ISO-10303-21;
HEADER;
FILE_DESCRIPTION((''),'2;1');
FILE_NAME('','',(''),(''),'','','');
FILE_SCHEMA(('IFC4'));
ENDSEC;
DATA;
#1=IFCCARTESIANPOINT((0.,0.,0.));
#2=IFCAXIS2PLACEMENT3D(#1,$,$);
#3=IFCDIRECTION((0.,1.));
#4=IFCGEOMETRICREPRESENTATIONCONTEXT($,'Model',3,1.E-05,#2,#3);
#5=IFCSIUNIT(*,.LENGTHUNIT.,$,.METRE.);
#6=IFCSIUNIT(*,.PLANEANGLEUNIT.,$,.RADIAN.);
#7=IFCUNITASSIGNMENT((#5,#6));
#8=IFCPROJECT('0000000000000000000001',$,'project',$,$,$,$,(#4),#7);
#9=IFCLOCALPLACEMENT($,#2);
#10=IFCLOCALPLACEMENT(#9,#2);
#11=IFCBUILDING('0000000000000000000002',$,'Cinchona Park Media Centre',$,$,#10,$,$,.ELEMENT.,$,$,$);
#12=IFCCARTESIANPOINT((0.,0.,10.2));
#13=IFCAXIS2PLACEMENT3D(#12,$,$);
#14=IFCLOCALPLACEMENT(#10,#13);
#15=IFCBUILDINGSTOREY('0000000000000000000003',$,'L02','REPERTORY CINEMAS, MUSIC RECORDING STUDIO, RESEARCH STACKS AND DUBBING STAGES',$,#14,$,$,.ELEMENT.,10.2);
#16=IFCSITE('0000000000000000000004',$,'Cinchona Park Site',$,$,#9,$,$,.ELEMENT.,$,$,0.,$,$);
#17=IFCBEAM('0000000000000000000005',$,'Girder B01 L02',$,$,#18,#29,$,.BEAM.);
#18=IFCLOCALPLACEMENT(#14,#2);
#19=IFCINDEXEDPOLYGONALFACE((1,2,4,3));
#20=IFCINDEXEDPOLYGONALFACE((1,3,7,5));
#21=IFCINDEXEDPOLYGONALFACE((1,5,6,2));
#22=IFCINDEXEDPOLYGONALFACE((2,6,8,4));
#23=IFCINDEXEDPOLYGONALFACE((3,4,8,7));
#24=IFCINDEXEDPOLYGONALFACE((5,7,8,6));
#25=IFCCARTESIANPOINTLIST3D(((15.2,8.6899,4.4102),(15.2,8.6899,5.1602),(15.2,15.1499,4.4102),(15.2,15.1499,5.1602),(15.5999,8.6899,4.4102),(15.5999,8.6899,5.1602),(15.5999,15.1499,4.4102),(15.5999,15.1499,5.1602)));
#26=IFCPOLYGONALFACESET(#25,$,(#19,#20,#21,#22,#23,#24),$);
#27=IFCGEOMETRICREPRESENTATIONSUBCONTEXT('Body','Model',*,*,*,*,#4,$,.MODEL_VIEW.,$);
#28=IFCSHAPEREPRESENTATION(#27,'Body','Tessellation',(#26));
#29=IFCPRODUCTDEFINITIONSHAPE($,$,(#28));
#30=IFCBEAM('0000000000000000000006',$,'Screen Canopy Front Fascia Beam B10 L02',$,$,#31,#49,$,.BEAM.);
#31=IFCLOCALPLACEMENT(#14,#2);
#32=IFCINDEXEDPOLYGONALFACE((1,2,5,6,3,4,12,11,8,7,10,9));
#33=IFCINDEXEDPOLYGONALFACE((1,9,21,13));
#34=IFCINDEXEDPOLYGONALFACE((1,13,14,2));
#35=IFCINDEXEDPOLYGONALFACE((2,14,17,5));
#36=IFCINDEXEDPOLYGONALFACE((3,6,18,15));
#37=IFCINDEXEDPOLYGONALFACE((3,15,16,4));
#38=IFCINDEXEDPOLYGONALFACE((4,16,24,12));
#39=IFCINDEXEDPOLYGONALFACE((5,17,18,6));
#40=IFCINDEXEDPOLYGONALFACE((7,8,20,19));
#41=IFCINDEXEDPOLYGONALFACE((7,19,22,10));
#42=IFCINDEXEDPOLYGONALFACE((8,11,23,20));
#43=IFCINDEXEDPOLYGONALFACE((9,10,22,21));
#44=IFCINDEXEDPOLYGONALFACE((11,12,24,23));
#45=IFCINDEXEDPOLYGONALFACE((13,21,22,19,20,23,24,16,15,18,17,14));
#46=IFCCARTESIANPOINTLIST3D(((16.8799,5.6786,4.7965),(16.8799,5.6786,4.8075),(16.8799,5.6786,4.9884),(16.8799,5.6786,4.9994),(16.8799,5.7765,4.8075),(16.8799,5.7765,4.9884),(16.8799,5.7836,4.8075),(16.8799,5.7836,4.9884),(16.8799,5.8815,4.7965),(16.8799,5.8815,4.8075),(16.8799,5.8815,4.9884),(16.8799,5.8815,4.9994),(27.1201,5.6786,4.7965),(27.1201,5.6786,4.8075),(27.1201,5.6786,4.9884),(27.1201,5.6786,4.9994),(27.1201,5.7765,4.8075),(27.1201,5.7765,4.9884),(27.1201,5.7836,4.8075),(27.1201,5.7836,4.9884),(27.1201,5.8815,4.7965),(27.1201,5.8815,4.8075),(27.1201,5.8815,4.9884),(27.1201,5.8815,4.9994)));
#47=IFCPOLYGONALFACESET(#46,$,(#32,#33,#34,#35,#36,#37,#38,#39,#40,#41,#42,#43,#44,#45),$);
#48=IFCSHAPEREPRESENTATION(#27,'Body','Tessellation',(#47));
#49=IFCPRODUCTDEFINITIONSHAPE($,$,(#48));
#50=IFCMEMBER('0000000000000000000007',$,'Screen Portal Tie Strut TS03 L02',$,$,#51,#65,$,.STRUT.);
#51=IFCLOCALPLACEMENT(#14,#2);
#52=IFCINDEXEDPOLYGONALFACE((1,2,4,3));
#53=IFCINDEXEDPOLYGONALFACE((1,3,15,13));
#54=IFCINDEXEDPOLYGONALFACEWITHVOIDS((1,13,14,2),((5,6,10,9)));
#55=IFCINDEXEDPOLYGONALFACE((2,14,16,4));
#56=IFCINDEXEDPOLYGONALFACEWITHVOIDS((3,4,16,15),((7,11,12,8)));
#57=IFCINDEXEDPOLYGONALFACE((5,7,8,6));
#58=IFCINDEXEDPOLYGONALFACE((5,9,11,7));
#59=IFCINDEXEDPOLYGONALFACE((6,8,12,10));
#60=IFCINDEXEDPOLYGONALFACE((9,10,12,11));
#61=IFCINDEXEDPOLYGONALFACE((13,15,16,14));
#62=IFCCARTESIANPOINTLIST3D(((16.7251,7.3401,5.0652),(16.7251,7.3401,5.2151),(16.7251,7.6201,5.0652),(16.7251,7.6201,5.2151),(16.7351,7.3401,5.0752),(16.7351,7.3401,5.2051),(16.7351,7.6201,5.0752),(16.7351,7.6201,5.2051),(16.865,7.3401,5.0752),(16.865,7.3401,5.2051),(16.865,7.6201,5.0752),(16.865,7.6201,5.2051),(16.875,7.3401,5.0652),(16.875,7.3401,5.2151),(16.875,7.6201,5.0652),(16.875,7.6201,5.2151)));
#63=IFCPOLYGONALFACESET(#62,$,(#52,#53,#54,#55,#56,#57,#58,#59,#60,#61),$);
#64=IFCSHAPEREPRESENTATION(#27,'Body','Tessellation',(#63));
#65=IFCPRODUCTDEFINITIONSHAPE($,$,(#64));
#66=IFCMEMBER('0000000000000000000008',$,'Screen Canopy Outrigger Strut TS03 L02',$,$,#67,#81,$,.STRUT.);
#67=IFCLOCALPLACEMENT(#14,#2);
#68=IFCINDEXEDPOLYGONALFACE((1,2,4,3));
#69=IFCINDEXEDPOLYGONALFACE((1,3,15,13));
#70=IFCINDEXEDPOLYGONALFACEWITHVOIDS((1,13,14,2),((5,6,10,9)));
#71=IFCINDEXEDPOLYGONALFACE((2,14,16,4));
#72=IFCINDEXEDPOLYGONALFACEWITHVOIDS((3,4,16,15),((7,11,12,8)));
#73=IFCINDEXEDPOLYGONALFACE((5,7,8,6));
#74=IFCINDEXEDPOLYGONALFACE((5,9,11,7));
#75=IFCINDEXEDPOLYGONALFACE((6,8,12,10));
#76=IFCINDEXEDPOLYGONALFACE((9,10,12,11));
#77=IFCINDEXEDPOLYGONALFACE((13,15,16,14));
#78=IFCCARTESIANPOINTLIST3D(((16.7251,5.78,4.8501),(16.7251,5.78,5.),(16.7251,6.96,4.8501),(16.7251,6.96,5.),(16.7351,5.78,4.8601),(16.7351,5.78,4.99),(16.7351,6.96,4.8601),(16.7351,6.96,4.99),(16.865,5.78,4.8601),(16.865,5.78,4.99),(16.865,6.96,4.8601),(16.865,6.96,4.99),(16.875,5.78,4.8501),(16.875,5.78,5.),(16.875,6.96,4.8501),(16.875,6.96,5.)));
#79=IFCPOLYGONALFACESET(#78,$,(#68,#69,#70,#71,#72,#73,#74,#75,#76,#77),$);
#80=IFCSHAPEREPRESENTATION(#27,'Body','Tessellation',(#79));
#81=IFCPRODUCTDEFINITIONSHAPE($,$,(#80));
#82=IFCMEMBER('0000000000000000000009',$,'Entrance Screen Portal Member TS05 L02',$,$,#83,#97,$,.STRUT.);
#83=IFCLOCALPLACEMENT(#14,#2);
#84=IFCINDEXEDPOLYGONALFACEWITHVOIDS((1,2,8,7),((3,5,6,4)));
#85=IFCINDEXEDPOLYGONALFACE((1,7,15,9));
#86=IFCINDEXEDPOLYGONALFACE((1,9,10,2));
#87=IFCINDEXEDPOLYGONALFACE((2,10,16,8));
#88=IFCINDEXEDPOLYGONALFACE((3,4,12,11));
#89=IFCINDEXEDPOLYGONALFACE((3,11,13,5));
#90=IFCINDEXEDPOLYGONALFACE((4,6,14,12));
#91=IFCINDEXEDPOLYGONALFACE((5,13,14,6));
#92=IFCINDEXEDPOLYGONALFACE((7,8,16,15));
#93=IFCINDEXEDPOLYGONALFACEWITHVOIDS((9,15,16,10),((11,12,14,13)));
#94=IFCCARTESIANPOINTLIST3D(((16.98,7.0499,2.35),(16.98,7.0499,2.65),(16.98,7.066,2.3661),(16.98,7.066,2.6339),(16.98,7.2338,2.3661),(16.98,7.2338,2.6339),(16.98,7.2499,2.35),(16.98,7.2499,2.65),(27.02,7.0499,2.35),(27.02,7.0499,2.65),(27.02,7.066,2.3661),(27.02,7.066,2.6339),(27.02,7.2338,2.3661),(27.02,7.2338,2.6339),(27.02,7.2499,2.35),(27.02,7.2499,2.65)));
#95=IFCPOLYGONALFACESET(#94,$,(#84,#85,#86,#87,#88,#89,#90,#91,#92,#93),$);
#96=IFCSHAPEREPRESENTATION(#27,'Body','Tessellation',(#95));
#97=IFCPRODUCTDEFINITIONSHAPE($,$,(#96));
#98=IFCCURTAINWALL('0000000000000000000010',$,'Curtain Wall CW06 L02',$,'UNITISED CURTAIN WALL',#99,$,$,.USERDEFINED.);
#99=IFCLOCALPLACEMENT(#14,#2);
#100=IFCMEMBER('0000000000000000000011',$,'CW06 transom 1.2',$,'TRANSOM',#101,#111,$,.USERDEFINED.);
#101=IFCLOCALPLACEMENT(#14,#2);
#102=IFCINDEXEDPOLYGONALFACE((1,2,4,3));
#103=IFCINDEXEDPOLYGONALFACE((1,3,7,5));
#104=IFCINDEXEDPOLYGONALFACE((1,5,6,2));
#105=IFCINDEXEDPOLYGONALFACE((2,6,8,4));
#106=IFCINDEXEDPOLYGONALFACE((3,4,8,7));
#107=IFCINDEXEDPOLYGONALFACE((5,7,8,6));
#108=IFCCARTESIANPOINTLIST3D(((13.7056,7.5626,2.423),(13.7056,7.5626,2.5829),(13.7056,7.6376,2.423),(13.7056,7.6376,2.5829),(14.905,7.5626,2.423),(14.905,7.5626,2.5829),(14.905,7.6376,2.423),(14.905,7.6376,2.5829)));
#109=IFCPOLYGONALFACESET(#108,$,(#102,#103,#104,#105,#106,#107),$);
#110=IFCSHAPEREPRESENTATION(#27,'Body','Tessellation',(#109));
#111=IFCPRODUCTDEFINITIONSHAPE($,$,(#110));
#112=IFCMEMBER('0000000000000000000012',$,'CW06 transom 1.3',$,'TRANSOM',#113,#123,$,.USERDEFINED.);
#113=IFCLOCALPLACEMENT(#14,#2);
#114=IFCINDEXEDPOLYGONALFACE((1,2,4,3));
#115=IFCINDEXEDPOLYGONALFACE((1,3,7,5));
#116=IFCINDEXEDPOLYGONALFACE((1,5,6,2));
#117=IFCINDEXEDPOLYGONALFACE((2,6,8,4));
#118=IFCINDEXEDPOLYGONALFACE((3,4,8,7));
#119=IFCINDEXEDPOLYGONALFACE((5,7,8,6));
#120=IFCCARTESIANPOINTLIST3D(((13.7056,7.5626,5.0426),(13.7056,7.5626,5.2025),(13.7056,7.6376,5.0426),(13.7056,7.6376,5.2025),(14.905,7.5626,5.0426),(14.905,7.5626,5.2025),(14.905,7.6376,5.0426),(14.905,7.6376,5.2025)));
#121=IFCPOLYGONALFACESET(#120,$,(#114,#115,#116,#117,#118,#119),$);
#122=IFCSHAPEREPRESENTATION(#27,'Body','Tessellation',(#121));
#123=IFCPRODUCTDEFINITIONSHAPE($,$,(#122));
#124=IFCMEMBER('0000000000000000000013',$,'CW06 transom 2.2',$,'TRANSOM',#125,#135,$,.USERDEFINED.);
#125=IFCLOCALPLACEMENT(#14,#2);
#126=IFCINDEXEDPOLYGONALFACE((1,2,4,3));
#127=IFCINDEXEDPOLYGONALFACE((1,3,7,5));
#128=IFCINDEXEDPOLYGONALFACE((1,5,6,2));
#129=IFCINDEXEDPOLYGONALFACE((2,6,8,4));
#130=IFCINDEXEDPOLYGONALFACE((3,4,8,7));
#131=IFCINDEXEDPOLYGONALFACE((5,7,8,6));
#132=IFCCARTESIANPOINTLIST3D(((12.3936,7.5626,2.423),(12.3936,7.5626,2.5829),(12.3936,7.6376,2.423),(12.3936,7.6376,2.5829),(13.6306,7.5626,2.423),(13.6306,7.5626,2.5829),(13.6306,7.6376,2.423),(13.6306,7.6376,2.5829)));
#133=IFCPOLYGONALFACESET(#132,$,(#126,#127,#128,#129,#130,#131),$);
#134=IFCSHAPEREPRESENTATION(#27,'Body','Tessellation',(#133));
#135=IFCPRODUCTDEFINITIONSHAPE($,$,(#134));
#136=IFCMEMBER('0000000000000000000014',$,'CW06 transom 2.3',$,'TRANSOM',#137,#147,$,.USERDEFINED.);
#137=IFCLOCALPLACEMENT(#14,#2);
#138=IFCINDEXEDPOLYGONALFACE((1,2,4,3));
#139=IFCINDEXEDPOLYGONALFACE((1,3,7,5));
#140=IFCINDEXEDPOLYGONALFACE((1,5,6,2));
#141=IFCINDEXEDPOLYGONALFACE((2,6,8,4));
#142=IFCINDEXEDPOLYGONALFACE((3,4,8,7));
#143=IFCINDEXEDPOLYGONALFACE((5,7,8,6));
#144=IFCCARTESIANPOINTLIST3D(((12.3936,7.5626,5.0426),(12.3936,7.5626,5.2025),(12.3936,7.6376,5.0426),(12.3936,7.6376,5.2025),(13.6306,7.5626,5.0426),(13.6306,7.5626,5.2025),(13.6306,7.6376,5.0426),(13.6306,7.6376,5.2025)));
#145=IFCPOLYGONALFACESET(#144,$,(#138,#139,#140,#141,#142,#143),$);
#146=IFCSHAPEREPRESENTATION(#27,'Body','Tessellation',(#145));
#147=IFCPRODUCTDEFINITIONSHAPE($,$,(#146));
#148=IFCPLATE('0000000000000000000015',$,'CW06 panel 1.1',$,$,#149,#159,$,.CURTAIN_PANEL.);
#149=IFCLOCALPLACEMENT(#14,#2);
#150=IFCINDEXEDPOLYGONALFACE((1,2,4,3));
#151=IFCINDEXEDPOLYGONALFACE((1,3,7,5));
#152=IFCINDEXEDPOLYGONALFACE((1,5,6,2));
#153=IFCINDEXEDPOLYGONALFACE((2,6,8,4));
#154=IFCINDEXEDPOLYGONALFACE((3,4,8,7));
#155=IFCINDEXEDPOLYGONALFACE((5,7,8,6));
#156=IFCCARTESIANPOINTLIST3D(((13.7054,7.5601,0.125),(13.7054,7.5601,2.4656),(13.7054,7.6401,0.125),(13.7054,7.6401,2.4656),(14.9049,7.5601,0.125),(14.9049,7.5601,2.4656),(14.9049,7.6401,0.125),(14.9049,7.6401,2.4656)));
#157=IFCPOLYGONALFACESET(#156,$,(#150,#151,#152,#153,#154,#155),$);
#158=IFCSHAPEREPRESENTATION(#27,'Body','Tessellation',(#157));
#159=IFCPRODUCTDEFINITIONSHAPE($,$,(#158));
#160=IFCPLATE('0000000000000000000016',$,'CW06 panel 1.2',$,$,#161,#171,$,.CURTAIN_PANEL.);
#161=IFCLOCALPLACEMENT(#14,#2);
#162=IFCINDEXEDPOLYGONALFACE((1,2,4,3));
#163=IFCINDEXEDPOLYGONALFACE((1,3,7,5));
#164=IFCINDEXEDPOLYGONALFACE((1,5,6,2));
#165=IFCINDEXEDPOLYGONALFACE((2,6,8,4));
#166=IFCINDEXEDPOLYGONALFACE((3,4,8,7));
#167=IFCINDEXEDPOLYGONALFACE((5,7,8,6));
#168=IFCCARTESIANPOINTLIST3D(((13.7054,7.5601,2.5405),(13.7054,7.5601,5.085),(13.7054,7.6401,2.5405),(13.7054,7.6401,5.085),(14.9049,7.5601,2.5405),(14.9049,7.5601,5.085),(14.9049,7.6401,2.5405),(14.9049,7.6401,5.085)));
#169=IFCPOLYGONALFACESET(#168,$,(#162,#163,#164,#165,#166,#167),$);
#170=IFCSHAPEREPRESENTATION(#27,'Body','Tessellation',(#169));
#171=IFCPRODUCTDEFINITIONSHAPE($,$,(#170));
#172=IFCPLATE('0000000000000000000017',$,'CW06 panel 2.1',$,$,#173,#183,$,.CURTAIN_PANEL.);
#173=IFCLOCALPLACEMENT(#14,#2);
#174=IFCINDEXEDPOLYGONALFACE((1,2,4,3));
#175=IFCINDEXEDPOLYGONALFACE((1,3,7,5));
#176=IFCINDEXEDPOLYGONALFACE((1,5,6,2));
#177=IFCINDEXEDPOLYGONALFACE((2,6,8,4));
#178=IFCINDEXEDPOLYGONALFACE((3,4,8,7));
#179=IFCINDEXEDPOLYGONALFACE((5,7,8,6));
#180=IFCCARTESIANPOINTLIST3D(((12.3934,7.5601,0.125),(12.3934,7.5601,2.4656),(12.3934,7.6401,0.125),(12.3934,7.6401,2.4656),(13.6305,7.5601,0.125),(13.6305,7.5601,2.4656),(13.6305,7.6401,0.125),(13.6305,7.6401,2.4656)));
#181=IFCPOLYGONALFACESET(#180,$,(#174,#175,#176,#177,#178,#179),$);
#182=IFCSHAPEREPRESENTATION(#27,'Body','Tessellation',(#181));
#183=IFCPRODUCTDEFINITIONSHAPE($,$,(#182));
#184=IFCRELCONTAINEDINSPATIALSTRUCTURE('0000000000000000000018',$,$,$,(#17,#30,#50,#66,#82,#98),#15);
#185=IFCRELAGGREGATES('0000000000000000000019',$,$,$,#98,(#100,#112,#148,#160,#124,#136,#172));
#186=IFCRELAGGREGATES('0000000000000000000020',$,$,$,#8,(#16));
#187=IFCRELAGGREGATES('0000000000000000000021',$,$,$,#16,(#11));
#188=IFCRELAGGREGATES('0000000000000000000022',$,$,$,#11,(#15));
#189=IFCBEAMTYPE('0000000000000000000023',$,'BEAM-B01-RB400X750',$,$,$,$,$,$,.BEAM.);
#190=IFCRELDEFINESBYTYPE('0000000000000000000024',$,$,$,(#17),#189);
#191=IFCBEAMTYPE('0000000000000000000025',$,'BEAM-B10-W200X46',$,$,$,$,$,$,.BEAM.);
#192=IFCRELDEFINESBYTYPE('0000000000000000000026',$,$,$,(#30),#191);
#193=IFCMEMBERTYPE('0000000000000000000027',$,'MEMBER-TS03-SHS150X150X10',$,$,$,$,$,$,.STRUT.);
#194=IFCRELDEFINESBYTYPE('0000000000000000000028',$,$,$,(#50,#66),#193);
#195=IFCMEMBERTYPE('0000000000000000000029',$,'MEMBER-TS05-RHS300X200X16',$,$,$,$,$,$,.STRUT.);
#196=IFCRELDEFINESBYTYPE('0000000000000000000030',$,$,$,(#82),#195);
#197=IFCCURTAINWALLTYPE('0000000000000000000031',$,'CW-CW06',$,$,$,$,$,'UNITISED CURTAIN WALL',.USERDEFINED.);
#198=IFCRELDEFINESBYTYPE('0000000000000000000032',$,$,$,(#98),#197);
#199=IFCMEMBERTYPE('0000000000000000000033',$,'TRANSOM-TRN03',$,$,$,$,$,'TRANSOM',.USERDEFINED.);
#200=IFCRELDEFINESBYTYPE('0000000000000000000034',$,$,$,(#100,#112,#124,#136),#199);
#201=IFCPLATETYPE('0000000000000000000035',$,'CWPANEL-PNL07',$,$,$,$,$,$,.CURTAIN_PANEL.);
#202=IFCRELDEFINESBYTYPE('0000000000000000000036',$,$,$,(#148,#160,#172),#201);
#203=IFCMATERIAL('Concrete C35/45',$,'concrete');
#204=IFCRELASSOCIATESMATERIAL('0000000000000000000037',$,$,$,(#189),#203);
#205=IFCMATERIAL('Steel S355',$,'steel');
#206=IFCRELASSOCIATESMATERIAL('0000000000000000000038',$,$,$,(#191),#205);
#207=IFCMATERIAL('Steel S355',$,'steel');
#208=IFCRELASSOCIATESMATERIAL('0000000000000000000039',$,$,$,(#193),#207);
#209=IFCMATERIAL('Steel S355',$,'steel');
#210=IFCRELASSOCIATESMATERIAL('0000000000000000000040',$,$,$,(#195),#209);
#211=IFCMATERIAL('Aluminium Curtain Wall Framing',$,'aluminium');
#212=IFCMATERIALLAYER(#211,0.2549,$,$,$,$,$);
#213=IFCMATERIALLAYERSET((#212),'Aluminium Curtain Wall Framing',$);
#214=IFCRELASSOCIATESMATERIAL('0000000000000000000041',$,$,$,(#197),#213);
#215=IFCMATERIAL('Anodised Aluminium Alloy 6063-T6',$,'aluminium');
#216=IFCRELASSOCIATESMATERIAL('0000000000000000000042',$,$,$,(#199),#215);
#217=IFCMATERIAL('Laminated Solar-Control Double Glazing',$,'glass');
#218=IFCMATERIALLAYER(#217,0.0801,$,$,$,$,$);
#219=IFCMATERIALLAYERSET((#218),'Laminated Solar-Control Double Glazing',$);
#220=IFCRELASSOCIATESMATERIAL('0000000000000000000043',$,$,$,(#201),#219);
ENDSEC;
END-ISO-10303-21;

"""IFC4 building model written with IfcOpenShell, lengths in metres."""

from ifc_helpers import new_model, si_unit, direction, frame, origin, origin_2d, place, context, subcontext, project, spatial, rectangle, hollow_rectangle, i_section, extrude, material, layer, layer_set, material_profile, profile_set, type_object, element, aggregate, save


model = new_model("IFC4")

# Units and contexts
model_context = context("Model", 3, precision=1e-05, world=origin(), true_north=direction((0.0, 1.0)))
body_context = subcontext(model_context, "Body", "Model", "MODEL_VIEW")
ifc_project = project(units=[si_unit("LENGTHUNIT", "METRE"), si_unit("PLANEANGLEUNIT", "RADIAN")], contexts=[model_context])

# Site, building, storey
site_placement = place(None, origin())
site = spatial("IfcSite", under=ifc_project, at=site_placement, Name="Cinchona Park Site", CompositionType="ELEMENT", RefElevation=0.0)
building_placement = place(site_placement, origin())
building = spatial("IfcBuilding", under=site, at=building_placement, Name="Cinchona Park Media Centre", CompositionType="ELEMENT")
storey_placement = place(building_placement, frame((0.0, 0.0, 10.2)))
storey = spatial("IfcBuildingStorey", under=building, at=storey_placement, Name="L02", Description="REPERTORY CINEMAS, MUSIC RECORDING STUDIO, RESEARCH STACKS AND DUBBING STAGES", CompositionType="ELEMENT", Elevation=10.2)

# Beams
ifc_material_1 = material(Name="Concrete C35/45", Category="concrete")
ifc_material_profile_1 = material_profile(ifc_material_1, rectangle(XDim=0.3999, YDim=0.75, at=origin_2d()), Name="RB 400X750")
ifc_profile_set_1 = profile_set([ifc_material_profile_1], Name="Concrete C35/45")
beam_type_1 = type_object("IfcBeamType", Name="BEAM-B01-RB400X750", PredefinedType="BEAM", material=ifc_profile_set_1)
beam_1_placement = place(storey_placement, frame((15.3999, 8.6899, 4.7852), z_axis=(0.0, 1.0, 0.0), x_axis=(-1.0, 0.0, 0.0)))
element("IfcBeam", 1, at=beam_1_placement, inside=storey, type_object=beam_type_1, Name="Girder B01 L02", PredefinedType="BEAM", context=body_context, shape_type="SweptSolid", body=[
    extrude(rectangle(XDim=0.3999, YDim=0.75, at=origin_2d()), origin(), (0.0, 0.0, 1.0), 6.46),
])
ifc_material_2 = material(Name="Steel S355", Category="steel")
ifc_material_profile_2 = material_profile(ifc_material_2, i_section(OverallWidth=0.2029, OverallDepth=0.2029, WebThickness=0.0071, FlangeThickness=0.011, at=origin_2d()), Name="W200X46")
ifc_profile_set_2 = profile_set([ifc_material_profile_2], Name="Steel S355")
beam_type_2 = type_object("IfcBeamType", Name="BEAM-B10-W200X46", PredefinedType="BEAM", material=ifc_profile_set_2)
beam_2_placement = place(storey_placement, frame((16.8799, 5.78, 4.8979), z_axis=(1.0, 0.0, 0.0), x_axis=(0.0, 1.0, 0.0)))
element("IfcBeam", 2, at=beam_2_placement, inside=storey, type_object=beam_type_2, Name="Screen Canopy Front Fascia Beam B10 L02", PredefinedType="BEAM", context=body_context, shape_type="SweptSolid", body=[
    extrude(i_section(OverallWidth=0.2029, OverallDepth=0.2029, WebThickness=0.0071, FlangeThickness=0.011, at=origin_2d()), origin(), (0.0, 0.0, 1.0), 10.2402),
])

# Members
ifc_material_3 = material(Name="Steel S355", Category="steel")
ifc_material_profile_3 = material_profile(ifc_material_3, hollow_rectangle(XDim=0.1499, YDim=0.1499, WallThickness=0.01, at=origin_2d()), Name="150X150X10SHS")
ifc_profile_set_3 = profile_set([ifc_material_profile_3], Name="Steel S355")
member_type_1 = type_object("IfcMemberType", Name="MEMBER-TS03-SHS150X150X10", PredefinedType="STRUT", material=ifc_profile_set_3)
member_1_placement = place(storey_placement, frame((16.8, 7.3401, 5.1401), z_axis=(0.0, 1.0, 0.0), x_axis=(-1.0, 0.0, 0.0)))
element("IfcMember", 3, at=member_1_placement, inside=storey, type_object=member_type_1, Name="Screen Portal Tie Strut TS03 L02", PredefinedType="STRUT", context=body_context, shape_type="SweptSolid", body=[
    extrude(hollow_rectangle(XDim=0.1499, YDim=0.1499, WallThickness=0.01, at=origin_2d()), origin(), (0.0, 0.0, 1.0), 0.28),
])
member_2_placement = place(storey_placement, frame((16.8, 5.78, 4.925), z_axis=(0.0, 1.0, 0.0), x_axis=(-1.0, 0.0, 0.0)))
element("IfcMember", 4, at=member_2_placement, inside=storey, type_object=member_type_1, Name="Screen Canopy Outrigger Strut TS03 L02", PredefinedType="STRUT", context=body_context, shape_type="SweptSolid", body=[
    extrude(hollow_rectangle(XDim=0.1499, YDim=0.1499, WallThickness=0.01, at=origin_2d()), origin(), (0.0, 0.0, 1.0), 1.1799),
])
ifc_material_4 = material(Name="Steel S355", Category="steel")
ifc_material_profile_4 = material_profile(ifc_material_4, hollow_rectangle(XDim=0.2, YDim=0.3, WallThickness=0.0161, at=origin_2d()), Name="300X200X16RHS")
ifc_profile_set_4 = profile_set([ifc_material_profile_4], Name="Steel S355")
member_type_2 = type_object("IfcMemberType", Name="MEMBER-TS05-RHS300X200X16", PredefinedType="STRUT", material=ifc_profile_set_4)
member_3_placement = place(storey_placement, frame((16.98, 7.1499, 2.5), z_axis=(1.0, 0.0, 0.0), x_axis=(0.0, 1.0, 0.0)))
element("IfcMember", 5, at=member_3_placement, inside=storey, type_object=member_type_2, Name="Entrance Screen Portal Member TS05 L02", PredefinedType="STRUT", context=body_context, shape_type="SweptSolid", body=[
    extrude(hollow_rectangle(XDim=0.2, YDim=0.3, WallThickness=0.0161, at=origin_2d()), origin(), (0.0, 0.0, 1.0), 10.04),
])

# Curtain wall, members, plates
ifc_material_5 = material(Name="Aluminium Curtain Wall Framing", Category="aluminium")
ifc_layer_1 = layer(ifc_material_5, 0.2549)
ifc_layer_set_1 = layer_set([ifc_layer_1], Name="Aluminium Curtain Wall Framing")
curtain_wall_type_1 = type_object("IfcCurtainWallType", Name="CW-CW06", ElementType="UNITISED CURTAIN WALL", PredefinedType="USERDEFINED", material=ifc_layer_set_1)
curtain_wall_1_placement = place(storey_placement, origin())
curtain_wall_1 = element("IfcCurtainWall", 6, at=curtain_wall_1_placement, inside=storey, type_object=curtain_wall_type_1, Name="Curtain Wall CW06 L02", ObjectType="UNITISED CURTAIN WALL", PredefinedType="USERDEFINED")
ifc_material_6 = material(Name="Anodised Aluminium Alloy 6063-T6", Category="aluminium")
ifc_material_profile_5 = material_profile(ifc_material_6, rectangle(XDim=0.075, YDim=0.1599, at=origin_2d()), Name="TRN-75X160")
ifc_profile_set_5 = profile_set([ifc_material_profile_5], Name="Anodised Aluminium Alloy 6063-T6")
member_type_3 = type_object("IfcMemberType", Name="TRANSOM-TRN03", ElementType="TRANSOM", PredefinedType="USERDEFINED", material=ifc_profile_set_5)
member_4_placement = place(storey_placement, frame((14.905, 7.6001, 2.5029), z_axis=(-1.0, 0.0, 0.0), x_axis=(0.0, -1.0, 0.0)))
member_4 = element("IfcMember", 7, at=member_4_placement, type_object=member_type_3, Name="CW06 transom 1.2", ObjectType="TRANSOM", PredefinedType="USERDEFINED", context=body_context, shape_type="SweptSolid", body=[
    extrude(rectangle(XDim=0.075, YDim=0.1599, at=origin_2d()), origin(), (0.0, 0.0, 1.0), 1.1995),
])
member_5_placement = place(storey_placement, frame((14.905, 7.6001, 5.1226), z_axis=(-1.0, 0.0, 0.0), x_axis=(0.0, -1.0, 0.0)))
member_5 = element("IfcMember", 8, at=member_5_placement, type_object=member_type_3, Name="CW06 transom 1.3", ObjectType="TRANSOM", PredefinedType="USERDEFINED", context=body_context, shape_type="SweptSolid", body=[
    extrude(rectangle(XDim=0.075, YDim=0.1599, at=origin_2d()), origin(), (0.0, 0.0, 1.0), 1.1995),
])
member_6_placement = place(storey_placement, frame((13.6306, 7.6001, 2.5029), z_axis=(-1.0, 0.0, 0.0), x_axis=(0.0, -1.0, 0.0)))
member_6 = element("IfcMember", 9, at=member_6_placement, type_object=member_type_3, Name="CW06 transom 2.2", ObjectType="TRANSOM", PredefinedType="USERDEFINED", context=body_context, shape_type="SweptSolid", body=[
    extrude(rectangle(XDim=0.075, YDim=0.1599, at=origin_2d()), origin(), (0.0, 0.0, 1.0), 1.2371),
])
member_7_placement = place(storey_placement, frame((13.6306, 7.6001, 5.1226), z_axis=(-1.0, 0.0, 0.0), x_axis=(0.0, -1.0, 0.0)))
member_7 = element("IfcMember", 10, at=member_7_placement, type_object=member_type_3, Name="CW06 transom 2.3", ObjectType="TRANSOM", PredefinedType="USERDEFINED", context=body_context, shape_type="SweptSolid", body=[
    extrude(rectangle(XDim=0.075, YDim=0.1599, at=origin_2d()), origin(), (0.0, 0.0, 1.0), 1.2371),
])
ifc_material_7 = material(Name="Laminated Solar-Control Double Glazing", Category="glass")
ifc_layer_2 = layer(ifc_material_7, 0.0801)
ifc_layer_set_2 = layer_set([ifc_layer_2], Name="Laminated Solar-Control Double Glazing")
plate_type_1 = type_object("IfcPlateType", Name="CWPANEL-PNL07", PredefinedType="CURTAIN_PANEL", material=ifc_layer_set_2)
plate_1_placement = place(storey_placement, frame((14.3052, 7.6001, 0.125), z_axis=(0.0, 0.0, 1.0), x_axis=(-1.0, 0.0, 0.0)))
plate_1 = element("IfcPlate", 11, at=plate_1_placement, type_object=plate_type_1, Name="CW06 panel 1.1", PredefinedType="CURTAIN_PANEL", context=body_context, shape_type="SweptSolid", body=[
    extrude(rectangle(XDim=1.1995, YDim=0.0801, at=origin_2d()), origin(), (0.0, 0.0, 1.0), 2.3406),
])
plate_2_placement = place(storey_placement, frame((14.3052, 7.6001, 2.5405), z_axis=(0.0, 0.0, 1.0), x_axis=(-1.0, 0.0, 0.0)))
plate_2 = element("IfcPlate", 12, at=plate_2_placement, type_object=plate_type_1, Name="CW06 panel 1.2", PredefinedType="CURTAIN_PANEL", context=body_context, shape_type="SweptSolid", body=[
    extrude(rectangle(XDim=1.1995, YDim=0.0801, at=origin_2d()), origin(), (0.0, 0.0, 1.0), 2.5444),
])
plate_3_placement = place(storey_placement, frame((13.012, 7.6001, 0.125), z_axis=(0.0, 0.0, 1.0), x_axis=(-1.0, 0.0, 0.0)))
plate_3 = element("IfcPlate", 13, at=plate_3_placement, type_object=plate_type_1, Name="CW06 panel 2.1", PredefinedType="CURTAIN_PANEL", context=body_context, shape_type="SweptSolid", body=[
    extrude(rectangle(XDim=1.2371, YDim=0.0801, at=origin_2d()), origin(), (0.0, 0.0, 1.0), 2.3406),
])
aggregate(curtain_wall_1, [member_4, member_5, plate_1, plate_2, member_6, member_7, plate_3])

save(model, "model.ifc")
